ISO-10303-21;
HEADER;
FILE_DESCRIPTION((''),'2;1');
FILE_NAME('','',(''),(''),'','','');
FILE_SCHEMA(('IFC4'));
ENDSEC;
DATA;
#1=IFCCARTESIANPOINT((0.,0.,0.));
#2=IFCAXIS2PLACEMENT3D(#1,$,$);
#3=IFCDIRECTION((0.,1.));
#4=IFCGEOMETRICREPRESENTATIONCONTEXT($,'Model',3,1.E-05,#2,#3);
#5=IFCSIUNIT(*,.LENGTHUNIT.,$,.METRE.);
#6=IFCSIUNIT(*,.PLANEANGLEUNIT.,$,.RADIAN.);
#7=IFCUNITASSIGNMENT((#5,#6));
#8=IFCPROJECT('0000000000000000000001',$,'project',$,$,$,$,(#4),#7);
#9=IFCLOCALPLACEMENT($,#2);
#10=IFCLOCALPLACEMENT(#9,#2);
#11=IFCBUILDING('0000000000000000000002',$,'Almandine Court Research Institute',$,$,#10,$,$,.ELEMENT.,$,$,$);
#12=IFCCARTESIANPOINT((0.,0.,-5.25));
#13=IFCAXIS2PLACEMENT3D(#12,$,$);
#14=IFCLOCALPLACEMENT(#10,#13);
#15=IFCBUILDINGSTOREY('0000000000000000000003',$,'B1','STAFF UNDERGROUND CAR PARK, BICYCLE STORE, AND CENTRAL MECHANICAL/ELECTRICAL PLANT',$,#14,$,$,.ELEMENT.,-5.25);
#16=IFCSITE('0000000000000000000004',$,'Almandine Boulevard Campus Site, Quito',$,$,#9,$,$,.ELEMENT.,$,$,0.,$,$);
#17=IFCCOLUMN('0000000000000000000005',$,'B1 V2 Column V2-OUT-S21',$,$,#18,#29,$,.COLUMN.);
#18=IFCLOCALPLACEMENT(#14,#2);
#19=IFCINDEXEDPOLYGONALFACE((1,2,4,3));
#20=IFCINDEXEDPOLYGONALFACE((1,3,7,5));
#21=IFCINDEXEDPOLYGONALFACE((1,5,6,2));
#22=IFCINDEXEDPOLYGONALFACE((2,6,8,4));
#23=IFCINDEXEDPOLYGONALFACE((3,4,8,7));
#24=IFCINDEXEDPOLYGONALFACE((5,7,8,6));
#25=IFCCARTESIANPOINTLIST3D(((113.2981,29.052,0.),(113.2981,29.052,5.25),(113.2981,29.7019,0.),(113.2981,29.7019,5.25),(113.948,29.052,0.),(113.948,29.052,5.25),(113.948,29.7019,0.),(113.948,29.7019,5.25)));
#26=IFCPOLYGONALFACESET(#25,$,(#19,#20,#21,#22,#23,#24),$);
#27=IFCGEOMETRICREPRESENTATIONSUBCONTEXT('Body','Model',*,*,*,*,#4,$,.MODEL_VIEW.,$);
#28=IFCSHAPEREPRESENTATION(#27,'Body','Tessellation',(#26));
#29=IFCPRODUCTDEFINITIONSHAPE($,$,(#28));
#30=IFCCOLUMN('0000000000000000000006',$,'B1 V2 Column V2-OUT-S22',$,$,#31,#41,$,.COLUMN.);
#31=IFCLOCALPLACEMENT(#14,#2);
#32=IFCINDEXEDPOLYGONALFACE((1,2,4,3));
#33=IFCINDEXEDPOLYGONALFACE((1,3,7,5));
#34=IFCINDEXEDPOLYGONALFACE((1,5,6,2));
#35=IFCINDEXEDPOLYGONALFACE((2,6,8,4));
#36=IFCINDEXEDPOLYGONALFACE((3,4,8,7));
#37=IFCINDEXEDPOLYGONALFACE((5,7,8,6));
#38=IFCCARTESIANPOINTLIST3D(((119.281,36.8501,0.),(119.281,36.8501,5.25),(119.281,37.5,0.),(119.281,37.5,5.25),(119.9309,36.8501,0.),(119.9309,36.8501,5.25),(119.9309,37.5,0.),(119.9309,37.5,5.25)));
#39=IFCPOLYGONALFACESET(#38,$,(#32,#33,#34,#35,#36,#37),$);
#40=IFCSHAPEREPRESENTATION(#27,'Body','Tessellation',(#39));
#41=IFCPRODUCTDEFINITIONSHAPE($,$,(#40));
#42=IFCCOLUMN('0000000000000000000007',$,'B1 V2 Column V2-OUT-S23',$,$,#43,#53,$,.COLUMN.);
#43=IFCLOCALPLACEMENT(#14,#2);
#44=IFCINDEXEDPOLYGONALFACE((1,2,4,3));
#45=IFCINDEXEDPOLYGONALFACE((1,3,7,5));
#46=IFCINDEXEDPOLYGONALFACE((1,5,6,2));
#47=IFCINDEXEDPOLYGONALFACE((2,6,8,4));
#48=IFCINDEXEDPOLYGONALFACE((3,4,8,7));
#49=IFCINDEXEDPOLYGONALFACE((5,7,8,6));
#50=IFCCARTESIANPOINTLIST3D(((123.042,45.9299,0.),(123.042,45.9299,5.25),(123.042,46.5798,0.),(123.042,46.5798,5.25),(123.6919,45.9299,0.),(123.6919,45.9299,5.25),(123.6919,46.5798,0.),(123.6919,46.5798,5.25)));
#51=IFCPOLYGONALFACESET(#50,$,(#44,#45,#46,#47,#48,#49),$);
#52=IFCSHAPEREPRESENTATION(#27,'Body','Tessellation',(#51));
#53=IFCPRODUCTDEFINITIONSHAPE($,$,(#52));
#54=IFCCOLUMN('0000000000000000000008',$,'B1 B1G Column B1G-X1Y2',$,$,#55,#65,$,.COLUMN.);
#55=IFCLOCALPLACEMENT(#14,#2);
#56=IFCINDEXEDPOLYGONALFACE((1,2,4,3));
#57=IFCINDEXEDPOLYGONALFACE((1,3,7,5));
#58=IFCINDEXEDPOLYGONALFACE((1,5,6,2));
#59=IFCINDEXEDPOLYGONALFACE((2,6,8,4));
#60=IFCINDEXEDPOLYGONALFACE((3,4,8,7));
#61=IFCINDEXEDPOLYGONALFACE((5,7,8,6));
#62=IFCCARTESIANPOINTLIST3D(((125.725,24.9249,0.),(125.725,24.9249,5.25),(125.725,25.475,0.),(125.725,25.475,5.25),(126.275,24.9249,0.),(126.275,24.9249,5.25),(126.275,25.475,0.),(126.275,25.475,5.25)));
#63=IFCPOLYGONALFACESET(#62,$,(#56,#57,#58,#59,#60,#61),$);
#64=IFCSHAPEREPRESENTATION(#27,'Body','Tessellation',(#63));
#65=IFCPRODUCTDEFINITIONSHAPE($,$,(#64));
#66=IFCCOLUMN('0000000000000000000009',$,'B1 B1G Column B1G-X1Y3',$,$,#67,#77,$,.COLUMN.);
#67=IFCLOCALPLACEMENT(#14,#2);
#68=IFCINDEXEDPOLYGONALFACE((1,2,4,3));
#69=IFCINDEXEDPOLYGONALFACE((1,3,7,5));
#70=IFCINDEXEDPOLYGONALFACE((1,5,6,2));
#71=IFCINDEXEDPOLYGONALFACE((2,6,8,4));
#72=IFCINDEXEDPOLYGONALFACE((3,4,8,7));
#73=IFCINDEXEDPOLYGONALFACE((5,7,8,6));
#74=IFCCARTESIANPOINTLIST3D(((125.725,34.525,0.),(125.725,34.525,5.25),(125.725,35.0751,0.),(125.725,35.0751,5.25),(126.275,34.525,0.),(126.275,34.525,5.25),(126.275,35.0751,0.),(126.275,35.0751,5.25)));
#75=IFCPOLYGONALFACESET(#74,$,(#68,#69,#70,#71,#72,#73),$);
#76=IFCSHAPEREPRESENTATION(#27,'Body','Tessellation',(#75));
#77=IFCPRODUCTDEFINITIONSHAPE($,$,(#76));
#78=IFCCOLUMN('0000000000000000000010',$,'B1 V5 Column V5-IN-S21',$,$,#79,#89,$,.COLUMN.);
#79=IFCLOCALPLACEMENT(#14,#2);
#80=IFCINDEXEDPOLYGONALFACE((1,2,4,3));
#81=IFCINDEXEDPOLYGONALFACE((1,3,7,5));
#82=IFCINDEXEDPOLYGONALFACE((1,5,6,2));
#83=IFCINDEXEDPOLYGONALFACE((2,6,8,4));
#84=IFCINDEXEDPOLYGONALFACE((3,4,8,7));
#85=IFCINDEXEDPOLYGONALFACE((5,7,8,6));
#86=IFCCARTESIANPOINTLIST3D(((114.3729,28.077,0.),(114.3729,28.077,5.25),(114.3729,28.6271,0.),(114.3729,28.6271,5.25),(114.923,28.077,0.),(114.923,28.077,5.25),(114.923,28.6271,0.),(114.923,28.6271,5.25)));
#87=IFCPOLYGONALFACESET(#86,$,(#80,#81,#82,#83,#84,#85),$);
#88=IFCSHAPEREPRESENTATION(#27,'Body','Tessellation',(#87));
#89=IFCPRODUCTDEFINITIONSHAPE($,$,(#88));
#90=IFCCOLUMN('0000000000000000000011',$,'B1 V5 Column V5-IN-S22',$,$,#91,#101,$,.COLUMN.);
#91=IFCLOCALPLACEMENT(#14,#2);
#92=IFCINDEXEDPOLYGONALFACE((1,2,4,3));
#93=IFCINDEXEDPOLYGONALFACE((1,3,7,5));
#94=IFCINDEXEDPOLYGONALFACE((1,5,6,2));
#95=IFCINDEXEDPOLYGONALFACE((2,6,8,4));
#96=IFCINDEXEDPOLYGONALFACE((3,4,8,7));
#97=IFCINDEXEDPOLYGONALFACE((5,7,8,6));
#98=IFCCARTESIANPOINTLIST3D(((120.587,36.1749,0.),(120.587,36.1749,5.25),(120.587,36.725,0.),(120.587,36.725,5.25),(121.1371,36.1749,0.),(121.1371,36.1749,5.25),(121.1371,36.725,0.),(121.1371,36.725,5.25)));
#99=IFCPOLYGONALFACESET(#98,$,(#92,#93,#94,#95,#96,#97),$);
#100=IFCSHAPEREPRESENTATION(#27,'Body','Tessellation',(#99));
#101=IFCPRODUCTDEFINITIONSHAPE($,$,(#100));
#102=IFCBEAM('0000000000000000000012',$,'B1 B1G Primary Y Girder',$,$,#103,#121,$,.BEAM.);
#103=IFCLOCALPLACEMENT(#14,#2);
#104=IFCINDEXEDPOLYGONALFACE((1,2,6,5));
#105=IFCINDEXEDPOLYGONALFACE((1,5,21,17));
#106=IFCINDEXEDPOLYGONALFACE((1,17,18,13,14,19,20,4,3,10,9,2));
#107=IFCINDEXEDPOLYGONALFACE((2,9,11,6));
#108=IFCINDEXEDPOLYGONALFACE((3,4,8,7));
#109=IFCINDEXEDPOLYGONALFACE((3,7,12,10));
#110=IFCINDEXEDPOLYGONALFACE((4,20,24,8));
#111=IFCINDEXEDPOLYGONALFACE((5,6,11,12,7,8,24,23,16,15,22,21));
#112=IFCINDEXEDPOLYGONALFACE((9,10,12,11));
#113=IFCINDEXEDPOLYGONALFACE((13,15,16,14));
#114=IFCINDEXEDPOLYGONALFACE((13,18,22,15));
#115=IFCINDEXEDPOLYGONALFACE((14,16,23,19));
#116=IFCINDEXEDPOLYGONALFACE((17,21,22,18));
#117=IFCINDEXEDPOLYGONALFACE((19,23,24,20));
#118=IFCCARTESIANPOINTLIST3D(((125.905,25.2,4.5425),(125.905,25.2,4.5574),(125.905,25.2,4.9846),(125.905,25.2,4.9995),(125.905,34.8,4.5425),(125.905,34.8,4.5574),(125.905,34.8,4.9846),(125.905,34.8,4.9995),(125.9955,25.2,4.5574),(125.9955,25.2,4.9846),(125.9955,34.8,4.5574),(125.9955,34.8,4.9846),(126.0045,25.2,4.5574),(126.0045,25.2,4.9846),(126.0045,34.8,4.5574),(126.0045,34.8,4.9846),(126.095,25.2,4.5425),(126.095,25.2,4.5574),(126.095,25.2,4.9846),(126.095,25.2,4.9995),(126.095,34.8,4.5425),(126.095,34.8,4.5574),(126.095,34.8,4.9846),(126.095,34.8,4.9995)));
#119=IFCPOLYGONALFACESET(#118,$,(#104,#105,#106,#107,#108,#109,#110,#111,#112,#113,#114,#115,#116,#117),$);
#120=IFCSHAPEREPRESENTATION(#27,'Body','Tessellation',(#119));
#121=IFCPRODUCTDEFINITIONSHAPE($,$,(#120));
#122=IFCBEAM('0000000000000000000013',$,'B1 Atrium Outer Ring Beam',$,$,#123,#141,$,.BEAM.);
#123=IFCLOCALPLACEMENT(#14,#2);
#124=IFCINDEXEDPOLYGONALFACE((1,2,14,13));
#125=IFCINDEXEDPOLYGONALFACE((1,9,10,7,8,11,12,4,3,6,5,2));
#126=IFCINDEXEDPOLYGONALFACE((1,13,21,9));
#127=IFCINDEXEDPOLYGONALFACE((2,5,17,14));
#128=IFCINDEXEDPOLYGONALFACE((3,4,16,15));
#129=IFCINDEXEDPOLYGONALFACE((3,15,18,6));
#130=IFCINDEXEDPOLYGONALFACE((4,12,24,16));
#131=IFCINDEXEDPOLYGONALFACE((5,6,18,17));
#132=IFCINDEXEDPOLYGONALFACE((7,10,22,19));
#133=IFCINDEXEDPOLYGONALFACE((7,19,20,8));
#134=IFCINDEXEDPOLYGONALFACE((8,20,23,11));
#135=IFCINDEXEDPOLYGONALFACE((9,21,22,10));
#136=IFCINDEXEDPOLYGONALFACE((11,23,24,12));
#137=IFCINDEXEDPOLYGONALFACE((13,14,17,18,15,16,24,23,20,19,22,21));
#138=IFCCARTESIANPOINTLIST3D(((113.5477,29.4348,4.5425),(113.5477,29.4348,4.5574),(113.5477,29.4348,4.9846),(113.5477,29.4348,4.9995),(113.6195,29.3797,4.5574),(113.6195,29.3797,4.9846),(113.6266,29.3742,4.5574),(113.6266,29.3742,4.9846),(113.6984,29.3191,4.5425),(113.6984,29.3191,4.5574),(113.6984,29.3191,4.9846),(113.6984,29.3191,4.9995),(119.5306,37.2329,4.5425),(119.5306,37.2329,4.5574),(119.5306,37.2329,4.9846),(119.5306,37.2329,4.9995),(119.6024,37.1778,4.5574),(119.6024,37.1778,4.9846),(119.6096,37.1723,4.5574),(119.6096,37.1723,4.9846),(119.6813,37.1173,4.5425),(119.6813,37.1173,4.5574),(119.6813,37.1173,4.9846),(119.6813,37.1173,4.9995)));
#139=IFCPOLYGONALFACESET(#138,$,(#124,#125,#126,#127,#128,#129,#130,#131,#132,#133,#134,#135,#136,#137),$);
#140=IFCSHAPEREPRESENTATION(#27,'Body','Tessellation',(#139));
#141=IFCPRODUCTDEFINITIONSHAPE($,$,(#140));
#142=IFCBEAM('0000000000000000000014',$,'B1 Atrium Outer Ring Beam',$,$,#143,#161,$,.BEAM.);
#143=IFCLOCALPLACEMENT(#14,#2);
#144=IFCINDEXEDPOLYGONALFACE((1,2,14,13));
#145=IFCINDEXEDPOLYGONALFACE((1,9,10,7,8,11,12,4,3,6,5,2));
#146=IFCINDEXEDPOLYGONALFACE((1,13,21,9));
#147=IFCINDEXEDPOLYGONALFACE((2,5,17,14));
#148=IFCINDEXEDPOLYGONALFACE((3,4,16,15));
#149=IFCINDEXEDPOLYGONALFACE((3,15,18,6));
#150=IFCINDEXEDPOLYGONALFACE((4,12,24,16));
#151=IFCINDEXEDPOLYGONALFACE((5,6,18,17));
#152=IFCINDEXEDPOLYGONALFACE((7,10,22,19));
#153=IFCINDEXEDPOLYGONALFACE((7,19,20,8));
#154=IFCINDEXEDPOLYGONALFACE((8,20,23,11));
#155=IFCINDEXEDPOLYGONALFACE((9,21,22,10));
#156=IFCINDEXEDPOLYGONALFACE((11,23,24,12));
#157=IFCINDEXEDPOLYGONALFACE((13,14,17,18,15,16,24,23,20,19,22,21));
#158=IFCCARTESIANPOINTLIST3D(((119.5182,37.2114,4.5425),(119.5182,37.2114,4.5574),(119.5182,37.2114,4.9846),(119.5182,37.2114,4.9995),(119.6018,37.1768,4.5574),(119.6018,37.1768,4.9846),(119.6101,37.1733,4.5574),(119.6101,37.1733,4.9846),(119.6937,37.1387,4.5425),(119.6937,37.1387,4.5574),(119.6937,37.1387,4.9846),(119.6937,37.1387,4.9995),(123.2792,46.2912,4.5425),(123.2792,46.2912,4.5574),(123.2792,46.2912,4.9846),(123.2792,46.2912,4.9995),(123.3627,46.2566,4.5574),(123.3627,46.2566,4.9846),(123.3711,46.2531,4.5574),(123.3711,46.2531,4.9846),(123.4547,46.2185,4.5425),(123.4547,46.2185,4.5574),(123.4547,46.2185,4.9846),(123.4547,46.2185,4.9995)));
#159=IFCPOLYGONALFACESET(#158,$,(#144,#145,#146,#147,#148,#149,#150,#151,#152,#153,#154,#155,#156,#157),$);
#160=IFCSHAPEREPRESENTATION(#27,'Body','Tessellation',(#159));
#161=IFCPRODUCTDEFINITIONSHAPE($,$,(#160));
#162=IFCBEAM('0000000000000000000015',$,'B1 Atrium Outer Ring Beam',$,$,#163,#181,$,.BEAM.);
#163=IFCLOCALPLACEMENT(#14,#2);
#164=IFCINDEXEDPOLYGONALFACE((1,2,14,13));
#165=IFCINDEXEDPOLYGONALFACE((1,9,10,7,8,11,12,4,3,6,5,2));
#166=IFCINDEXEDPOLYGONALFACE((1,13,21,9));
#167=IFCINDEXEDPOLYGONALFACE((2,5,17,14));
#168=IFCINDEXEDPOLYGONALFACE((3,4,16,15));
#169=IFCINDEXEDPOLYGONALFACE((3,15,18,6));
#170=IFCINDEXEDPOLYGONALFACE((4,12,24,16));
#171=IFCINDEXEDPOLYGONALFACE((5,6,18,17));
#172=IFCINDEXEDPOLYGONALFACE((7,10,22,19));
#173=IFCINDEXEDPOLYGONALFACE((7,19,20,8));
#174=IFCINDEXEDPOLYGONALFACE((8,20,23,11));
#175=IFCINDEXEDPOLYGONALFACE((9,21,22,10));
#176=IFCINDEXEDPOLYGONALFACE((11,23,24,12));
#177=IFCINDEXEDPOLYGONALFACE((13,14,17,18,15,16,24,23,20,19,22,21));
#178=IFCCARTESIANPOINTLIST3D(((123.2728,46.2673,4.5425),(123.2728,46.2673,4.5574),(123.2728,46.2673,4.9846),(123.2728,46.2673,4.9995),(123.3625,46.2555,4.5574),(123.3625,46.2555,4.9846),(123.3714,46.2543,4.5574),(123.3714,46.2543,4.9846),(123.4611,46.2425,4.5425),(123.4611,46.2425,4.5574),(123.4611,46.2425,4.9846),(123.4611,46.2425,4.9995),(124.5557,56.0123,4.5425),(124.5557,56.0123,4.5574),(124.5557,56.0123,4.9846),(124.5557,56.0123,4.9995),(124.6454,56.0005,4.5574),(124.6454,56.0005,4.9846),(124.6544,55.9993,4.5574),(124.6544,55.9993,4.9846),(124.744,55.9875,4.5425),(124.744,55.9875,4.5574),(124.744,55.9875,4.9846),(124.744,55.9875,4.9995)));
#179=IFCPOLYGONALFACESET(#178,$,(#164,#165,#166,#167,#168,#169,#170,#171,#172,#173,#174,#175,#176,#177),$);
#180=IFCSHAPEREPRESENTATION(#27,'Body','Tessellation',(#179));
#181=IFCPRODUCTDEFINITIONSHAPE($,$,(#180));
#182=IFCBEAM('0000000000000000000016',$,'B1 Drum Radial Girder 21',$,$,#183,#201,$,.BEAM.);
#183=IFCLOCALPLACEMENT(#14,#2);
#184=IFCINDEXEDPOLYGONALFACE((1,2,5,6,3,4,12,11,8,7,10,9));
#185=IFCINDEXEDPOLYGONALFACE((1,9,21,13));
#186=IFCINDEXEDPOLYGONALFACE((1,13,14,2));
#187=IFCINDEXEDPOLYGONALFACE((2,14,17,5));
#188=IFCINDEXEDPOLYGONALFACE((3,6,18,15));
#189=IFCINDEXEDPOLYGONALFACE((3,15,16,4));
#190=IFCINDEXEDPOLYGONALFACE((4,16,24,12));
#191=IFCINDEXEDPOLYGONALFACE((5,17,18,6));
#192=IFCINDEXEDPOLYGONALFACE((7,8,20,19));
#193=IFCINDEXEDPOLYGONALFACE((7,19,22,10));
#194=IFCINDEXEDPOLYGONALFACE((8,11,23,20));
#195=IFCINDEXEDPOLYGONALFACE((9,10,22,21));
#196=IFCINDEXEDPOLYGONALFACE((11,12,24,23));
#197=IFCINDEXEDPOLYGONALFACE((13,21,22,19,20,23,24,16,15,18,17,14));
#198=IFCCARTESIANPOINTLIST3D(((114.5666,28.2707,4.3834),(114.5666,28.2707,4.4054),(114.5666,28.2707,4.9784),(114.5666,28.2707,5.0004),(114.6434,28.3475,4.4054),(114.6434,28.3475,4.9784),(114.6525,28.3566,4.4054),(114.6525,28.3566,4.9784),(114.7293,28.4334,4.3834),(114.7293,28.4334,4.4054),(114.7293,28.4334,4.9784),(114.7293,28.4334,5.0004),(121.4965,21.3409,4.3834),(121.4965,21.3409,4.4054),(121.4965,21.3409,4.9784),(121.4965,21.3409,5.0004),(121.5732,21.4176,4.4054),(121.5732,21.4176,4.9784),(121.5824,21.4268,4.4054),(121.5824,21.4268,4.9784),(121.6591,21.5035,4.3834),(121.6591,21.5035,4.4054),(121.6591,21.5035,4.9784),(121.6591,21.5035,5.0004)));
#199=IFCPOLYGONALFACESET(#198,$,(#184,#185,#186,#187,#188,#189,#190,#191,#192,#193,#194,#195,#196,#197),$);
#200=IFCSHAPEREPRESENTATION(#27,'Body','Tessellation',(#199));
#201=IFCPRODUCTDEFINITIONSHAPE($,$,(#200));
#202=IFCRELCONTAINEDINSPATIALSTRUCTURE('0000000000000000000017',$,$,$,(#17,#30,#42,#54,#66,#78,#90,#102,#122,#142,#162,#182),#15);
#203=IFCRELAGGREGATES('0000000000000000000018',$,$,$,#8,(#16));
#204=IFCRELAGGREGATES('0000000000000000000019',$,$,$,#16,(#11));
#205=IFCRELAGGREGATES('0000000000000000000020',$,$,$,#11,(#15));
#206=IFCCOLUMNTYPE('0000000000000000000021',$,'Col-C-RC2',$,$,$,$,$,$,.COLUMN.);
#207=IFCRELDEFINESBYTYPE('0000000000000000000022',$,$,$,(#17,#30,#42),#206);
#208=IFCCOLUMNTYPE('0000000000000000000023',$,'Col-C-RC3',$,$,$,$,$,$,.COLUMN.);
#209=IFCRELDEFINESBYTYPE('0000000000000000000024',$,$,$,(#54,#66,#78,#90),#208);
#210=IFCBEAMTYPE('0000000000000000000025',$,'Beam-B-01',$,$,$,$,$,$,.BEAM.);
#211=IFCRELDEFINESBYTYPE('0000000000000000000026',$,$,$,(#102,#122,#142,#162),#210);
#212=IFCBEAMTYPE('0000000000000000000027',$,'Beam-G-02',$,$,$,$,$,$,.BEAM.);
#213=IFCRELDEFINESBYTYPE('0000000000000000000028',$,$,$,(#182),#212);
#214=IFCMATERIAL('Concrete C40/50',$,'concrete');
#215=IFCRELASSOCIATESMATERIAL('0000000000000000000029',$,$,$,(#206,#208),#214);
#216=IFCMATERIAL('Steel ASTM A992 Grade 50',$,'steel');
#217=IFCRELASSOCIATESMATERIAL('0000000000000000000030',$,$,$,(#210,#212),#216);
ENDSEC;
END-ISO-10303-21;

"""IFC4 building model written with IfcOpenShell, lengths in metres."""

from ifc_helpers import new_model, si_unit, direction, frame, origin, origin_2d, place, context, subcontext, project, spatial, rectangle, i_section, extrude, material, material_profile, profile_set, type_object, element, save


model = new_model("IFC4")

# Units and contexts
model_context = context("Model", 3, precision=1e-05, world=origin(), true_north=direction((0.0, 1.0)))
body_context = subcontext(model_context, "Body", "Model", "MODEL_VIEW")
ifc_project = project(units=[si_unit("LENGTHUNIT", "METRE"), si_unit("PLANEANGLEUNIT", "RADIAN")], contexts=[model_context])

# Site, building, storey
site_placement = place(None, origin())
site = spatial("IfcSite", under=ifc_project, at=site_placement, Name="Almandine Boulevard Campus Site, Quito", CompositionType="ELEMENT", RefElevation=0.0)
building_placement = place(site_placement, origin())
building = spatial("IfcBuilding", under=site, at=building_placement, Name="Almandine Court Research Institute", CompositionType="ELEMENT")
storey_placement = place(building_placement, frame((0.0, 0.0, -5.25)))
storey = spatial("IfcBuildingStorey", under=building, at=storey_placement, Name="B1", Description="STAFF UNDERGROUND CAR PARK, BICYCLE STORE, AND CENTRAL MECHANICAL/ELECTRICAL PLANT", CompositionType="ELEMENT", Elevation=-5.25)

# Columns
ifc_material_1 = material(Name="Concrete C40/50", Category="concrete")
ifc_material_profile_1 = material_profile(ifc_material_1, rectangle(XDim=0.6499, YDim=0.6499, at=origin_2d()), Name="RC 650x650")
ifc_profile_set_1 = profile_set([ifc_material_profile_1], Name="Concrete C40/50")
column_type_1 = type_object("IfcColumnType", Name="Col-C-RC2", PredefinedType="COLUMN", material=ifc_profile_set_1)
for number, where, z_axis, x_axis, name in (
    (1, (113.623, 29.377, 0.0), (0.0, 0.0, 1.0), (1.0, 0.0, 0.0), "B1 V2 Column V2-OUT-S21"),
    (2, (119.606, 37.175, 0.0), (0.0, 0.0, 1.0), (1.0, 0.0, 0.0), "B1 V2 Column V2-OUT-S22"),
    (3, (123.3669, 46.2549, 0.0), (0.0, 0.0, 1.0), (1.0, 0.0, 0.0), "B1 V2 Column V2-OUT-S23"),
):
    element("IfcColumn", number, at=place(storey_placement, frame(where, z_axis=z_axis, x_axis=x_axis)), inside=storey, type_object=column_type_1, Name=name, PredefinedType="COLUMN", context=body_context, shape_type="SweptSolid", body=[
        extrude(rectangle(XDim=0.6499, YDim=0.6499, at=origin_2d()), origin(), (0.0, 0.0, 1.0), 5.25),
    ])
ifc_material_profile_2 = material_profile(ifc_material_1, rectangle(XDim=0.55, YDim=0.55, at=origin_2d()), Name="RC 550x550")
ifc_profile_set_2 = profile_set([ifc_material_profile_2], Name="Concrete C40/50")
column_type_2 = type_object("IfcColumnType", Name="Col-C-RC3", PredefinedType="COLUMN", material=ifc_profile_set_2)
for number, where, z_axis, x_axis, name in (
    (4, (126.0, 25.2, 0.0), (0.0, 0.0, 1.0), (1.0, 0.0, 0.0), "B1 B1G Column B1G-X1Y2"),
    (5, (126.0, 34.8, 0.0), (0.0, 0.0, 1.0), (1.0, 0.0, 0.0), "B1 B1G Column B1G-X1Y3"),
    (6, (114.6479, 28.3521, 0.0), (0.0, 0.0, 1.0), (1.0, 0.0, 0.0), "B1 V5 Column V5-IN-S21"),
    (7, (120.8621, 36.45, 0.0), (0.0, 0.0, 1.0), (1.0, 0.0, 0.0), "B1 V5 Column V5-IN-S22"),
):
    element("IfcColumn", number, at=place(storey_placement, frame(where, z_axis=z_axis, x_axis=x_axis)), inside=storey, type_object=column_type_2, Name=name, PredefinedType="COLUMN", context=body_context, shape_type="SweptSolid", body=[
        extrude(rectangle(XDim=0.55, YDim=0.55, at=origin_2d()), origin(), (0.0, 0.0, 1.0), 5.25),
    ])

# Beams
ifc_material_2 = material(Name="Steel ASTM A992 Grade 50", Category="steel")
ifc_material_profile_3 = material_profile(ifc_material_2, i_section(OverallWidth=0.1899, OverallDepth=0.457, WebThickness=0.009, FlangeThickness=0.0149, at=origin_2d()), Name="W460x74")
ifc_profile_set_3 = profile_set([ifc_material_profile_3], Name="Steel ASTM A992 Grade 50")
beam_type_1 = type_object("IfcBeamType", Name="Beam-B-01", PredefinedType="BEAM", material=ifc_profile_set_3)
beam_1_placement = place(storey_placement, frame((126.0, 25.2, 4.771), z_axis=(0.0, 1.0, 0.0), x_axis=(-1.0, 0.0, 0.0)))
element("IfcBeam", 8, at=beam_1_placement, inside=storey, type_object=beam_type_1, Name="B1 B1G Primary Y Girder", PredefinedType="BEAM", context=body_context, shape_type="SweptSolid", body=[
    extrude(i_section(OverallWidth=0.1899, OverallDepth=0.457, WebThickness=0.009, FlangeThickness=0.0149, at=origin_2d()), origin(), (0.0, 0.0, 1.0), 9.6001),
])
beam_2_placement = place(storey_placement, frame((113.623, 29.377, 4.771), z_axis=(0.608712, 0.793392, 0.0), x_axis=(-0.793392, 0.608712, 0.0)))
element("IfcBeam", 9, at=beam_2_placement, inside=storey, type_object=beam_type_1, Name="B1 Atrium Outer Ring Beam", PredefinedType="BEAM", context=body_context, shape_type="SweptSolid", body=[
    extrude(i_section(OverallWidth=0.1899, OverallDepth=0.457, WebThickness=0.009, FlangeThickness=0.0149, at=origin_2d()), origin(), (0.0, 0.0, 1.0), 9.8289),
])
beam_3_placement = place(storey_placement, frame((119.606, 37.175, 4.771), z_axis=(0.382683, 0.92388, 0.0), x_axis=(-0.92388, 0.382683, 0.0)))
element("IfcBeam", 10, at=beam_3_placement, inside=storey, type_object=beam_type_1, Name="B1 Atrium Outer Ring Beam", PredefinedType="BEAM", context=body_context, shape_type="SweptSolid", body=[
    extrude(i_section(OverallWidth=0.1899, OverallDepth=0.457, WebThickness=0.009, FlangeThickness=0.0149, at=origin_2d()), origin(), (0.0, 0.0, 1.0), 9.8279),
])
beam_4_placement = place(storey_placement, frame((123.3669, 46.2549, 4.771), z_axis=(0.130525, 0.991445, 0.0), x_axis=(-0.991445, 0.130525, 0.0)))
element("IfcBeam", 11, at=beam_4_placement, inside=storey, type_object=beam_type_1, Name="B1 Atrium Outer Ring Beam", PredefinedType="BEAM", context=body_context, shape_type="SweptSolid", body=[
    extrude(i_section(OverallWidth=0.1899, OverallDepth=0.457, WebThickness=0.009, FlangeThickness=0.0149, at=origin_2d()), origin(), (0.0, 0.0, 1.0), 9.8291),
])
ifc_material_profile_4 = material_profile(ifc_material_2, i_section(OverallWidth=0.23, OverallDepth=0.6169, WebThickness=0.0129, FlangeThickness=0.022, at=origin_2d()), Name="W610x140")
ifc_profile_set_4 = profile_set([ifc_material_profile_4], Name="Steel ASTM A992 Grade 50")
beam_type_2 = type_object("IfcBeamType", Name="Beam-G-02", PredefinedType="BEAM", material=ifc_profile_set_4)
beam_5_placement = place(storey_placement, frame((114.6479, 28.3521, 4.6919), z_axis=(0.707107, -0.707107, 0.0), x_axis=(0.707107, 0.707107, 0.0)))
element("IfcBeam", 12, at=beam_5_placement, inside=storey, type_object=beam_type_2, Name="B1 Drum Radial Girder 21", PredefinedType="BEAM", context=body_context, shape_type="SweptSolid", body=[
    extrude(i_section(OverallWidth=0.23, OverallDepth=0.6169, WebThickness=0.0129, FlangeThickness=0.022, at=origin_2d()), origin(), (0.0, 0.0, 1.0), 9.8003),
])

save(model, "model.ifc")
